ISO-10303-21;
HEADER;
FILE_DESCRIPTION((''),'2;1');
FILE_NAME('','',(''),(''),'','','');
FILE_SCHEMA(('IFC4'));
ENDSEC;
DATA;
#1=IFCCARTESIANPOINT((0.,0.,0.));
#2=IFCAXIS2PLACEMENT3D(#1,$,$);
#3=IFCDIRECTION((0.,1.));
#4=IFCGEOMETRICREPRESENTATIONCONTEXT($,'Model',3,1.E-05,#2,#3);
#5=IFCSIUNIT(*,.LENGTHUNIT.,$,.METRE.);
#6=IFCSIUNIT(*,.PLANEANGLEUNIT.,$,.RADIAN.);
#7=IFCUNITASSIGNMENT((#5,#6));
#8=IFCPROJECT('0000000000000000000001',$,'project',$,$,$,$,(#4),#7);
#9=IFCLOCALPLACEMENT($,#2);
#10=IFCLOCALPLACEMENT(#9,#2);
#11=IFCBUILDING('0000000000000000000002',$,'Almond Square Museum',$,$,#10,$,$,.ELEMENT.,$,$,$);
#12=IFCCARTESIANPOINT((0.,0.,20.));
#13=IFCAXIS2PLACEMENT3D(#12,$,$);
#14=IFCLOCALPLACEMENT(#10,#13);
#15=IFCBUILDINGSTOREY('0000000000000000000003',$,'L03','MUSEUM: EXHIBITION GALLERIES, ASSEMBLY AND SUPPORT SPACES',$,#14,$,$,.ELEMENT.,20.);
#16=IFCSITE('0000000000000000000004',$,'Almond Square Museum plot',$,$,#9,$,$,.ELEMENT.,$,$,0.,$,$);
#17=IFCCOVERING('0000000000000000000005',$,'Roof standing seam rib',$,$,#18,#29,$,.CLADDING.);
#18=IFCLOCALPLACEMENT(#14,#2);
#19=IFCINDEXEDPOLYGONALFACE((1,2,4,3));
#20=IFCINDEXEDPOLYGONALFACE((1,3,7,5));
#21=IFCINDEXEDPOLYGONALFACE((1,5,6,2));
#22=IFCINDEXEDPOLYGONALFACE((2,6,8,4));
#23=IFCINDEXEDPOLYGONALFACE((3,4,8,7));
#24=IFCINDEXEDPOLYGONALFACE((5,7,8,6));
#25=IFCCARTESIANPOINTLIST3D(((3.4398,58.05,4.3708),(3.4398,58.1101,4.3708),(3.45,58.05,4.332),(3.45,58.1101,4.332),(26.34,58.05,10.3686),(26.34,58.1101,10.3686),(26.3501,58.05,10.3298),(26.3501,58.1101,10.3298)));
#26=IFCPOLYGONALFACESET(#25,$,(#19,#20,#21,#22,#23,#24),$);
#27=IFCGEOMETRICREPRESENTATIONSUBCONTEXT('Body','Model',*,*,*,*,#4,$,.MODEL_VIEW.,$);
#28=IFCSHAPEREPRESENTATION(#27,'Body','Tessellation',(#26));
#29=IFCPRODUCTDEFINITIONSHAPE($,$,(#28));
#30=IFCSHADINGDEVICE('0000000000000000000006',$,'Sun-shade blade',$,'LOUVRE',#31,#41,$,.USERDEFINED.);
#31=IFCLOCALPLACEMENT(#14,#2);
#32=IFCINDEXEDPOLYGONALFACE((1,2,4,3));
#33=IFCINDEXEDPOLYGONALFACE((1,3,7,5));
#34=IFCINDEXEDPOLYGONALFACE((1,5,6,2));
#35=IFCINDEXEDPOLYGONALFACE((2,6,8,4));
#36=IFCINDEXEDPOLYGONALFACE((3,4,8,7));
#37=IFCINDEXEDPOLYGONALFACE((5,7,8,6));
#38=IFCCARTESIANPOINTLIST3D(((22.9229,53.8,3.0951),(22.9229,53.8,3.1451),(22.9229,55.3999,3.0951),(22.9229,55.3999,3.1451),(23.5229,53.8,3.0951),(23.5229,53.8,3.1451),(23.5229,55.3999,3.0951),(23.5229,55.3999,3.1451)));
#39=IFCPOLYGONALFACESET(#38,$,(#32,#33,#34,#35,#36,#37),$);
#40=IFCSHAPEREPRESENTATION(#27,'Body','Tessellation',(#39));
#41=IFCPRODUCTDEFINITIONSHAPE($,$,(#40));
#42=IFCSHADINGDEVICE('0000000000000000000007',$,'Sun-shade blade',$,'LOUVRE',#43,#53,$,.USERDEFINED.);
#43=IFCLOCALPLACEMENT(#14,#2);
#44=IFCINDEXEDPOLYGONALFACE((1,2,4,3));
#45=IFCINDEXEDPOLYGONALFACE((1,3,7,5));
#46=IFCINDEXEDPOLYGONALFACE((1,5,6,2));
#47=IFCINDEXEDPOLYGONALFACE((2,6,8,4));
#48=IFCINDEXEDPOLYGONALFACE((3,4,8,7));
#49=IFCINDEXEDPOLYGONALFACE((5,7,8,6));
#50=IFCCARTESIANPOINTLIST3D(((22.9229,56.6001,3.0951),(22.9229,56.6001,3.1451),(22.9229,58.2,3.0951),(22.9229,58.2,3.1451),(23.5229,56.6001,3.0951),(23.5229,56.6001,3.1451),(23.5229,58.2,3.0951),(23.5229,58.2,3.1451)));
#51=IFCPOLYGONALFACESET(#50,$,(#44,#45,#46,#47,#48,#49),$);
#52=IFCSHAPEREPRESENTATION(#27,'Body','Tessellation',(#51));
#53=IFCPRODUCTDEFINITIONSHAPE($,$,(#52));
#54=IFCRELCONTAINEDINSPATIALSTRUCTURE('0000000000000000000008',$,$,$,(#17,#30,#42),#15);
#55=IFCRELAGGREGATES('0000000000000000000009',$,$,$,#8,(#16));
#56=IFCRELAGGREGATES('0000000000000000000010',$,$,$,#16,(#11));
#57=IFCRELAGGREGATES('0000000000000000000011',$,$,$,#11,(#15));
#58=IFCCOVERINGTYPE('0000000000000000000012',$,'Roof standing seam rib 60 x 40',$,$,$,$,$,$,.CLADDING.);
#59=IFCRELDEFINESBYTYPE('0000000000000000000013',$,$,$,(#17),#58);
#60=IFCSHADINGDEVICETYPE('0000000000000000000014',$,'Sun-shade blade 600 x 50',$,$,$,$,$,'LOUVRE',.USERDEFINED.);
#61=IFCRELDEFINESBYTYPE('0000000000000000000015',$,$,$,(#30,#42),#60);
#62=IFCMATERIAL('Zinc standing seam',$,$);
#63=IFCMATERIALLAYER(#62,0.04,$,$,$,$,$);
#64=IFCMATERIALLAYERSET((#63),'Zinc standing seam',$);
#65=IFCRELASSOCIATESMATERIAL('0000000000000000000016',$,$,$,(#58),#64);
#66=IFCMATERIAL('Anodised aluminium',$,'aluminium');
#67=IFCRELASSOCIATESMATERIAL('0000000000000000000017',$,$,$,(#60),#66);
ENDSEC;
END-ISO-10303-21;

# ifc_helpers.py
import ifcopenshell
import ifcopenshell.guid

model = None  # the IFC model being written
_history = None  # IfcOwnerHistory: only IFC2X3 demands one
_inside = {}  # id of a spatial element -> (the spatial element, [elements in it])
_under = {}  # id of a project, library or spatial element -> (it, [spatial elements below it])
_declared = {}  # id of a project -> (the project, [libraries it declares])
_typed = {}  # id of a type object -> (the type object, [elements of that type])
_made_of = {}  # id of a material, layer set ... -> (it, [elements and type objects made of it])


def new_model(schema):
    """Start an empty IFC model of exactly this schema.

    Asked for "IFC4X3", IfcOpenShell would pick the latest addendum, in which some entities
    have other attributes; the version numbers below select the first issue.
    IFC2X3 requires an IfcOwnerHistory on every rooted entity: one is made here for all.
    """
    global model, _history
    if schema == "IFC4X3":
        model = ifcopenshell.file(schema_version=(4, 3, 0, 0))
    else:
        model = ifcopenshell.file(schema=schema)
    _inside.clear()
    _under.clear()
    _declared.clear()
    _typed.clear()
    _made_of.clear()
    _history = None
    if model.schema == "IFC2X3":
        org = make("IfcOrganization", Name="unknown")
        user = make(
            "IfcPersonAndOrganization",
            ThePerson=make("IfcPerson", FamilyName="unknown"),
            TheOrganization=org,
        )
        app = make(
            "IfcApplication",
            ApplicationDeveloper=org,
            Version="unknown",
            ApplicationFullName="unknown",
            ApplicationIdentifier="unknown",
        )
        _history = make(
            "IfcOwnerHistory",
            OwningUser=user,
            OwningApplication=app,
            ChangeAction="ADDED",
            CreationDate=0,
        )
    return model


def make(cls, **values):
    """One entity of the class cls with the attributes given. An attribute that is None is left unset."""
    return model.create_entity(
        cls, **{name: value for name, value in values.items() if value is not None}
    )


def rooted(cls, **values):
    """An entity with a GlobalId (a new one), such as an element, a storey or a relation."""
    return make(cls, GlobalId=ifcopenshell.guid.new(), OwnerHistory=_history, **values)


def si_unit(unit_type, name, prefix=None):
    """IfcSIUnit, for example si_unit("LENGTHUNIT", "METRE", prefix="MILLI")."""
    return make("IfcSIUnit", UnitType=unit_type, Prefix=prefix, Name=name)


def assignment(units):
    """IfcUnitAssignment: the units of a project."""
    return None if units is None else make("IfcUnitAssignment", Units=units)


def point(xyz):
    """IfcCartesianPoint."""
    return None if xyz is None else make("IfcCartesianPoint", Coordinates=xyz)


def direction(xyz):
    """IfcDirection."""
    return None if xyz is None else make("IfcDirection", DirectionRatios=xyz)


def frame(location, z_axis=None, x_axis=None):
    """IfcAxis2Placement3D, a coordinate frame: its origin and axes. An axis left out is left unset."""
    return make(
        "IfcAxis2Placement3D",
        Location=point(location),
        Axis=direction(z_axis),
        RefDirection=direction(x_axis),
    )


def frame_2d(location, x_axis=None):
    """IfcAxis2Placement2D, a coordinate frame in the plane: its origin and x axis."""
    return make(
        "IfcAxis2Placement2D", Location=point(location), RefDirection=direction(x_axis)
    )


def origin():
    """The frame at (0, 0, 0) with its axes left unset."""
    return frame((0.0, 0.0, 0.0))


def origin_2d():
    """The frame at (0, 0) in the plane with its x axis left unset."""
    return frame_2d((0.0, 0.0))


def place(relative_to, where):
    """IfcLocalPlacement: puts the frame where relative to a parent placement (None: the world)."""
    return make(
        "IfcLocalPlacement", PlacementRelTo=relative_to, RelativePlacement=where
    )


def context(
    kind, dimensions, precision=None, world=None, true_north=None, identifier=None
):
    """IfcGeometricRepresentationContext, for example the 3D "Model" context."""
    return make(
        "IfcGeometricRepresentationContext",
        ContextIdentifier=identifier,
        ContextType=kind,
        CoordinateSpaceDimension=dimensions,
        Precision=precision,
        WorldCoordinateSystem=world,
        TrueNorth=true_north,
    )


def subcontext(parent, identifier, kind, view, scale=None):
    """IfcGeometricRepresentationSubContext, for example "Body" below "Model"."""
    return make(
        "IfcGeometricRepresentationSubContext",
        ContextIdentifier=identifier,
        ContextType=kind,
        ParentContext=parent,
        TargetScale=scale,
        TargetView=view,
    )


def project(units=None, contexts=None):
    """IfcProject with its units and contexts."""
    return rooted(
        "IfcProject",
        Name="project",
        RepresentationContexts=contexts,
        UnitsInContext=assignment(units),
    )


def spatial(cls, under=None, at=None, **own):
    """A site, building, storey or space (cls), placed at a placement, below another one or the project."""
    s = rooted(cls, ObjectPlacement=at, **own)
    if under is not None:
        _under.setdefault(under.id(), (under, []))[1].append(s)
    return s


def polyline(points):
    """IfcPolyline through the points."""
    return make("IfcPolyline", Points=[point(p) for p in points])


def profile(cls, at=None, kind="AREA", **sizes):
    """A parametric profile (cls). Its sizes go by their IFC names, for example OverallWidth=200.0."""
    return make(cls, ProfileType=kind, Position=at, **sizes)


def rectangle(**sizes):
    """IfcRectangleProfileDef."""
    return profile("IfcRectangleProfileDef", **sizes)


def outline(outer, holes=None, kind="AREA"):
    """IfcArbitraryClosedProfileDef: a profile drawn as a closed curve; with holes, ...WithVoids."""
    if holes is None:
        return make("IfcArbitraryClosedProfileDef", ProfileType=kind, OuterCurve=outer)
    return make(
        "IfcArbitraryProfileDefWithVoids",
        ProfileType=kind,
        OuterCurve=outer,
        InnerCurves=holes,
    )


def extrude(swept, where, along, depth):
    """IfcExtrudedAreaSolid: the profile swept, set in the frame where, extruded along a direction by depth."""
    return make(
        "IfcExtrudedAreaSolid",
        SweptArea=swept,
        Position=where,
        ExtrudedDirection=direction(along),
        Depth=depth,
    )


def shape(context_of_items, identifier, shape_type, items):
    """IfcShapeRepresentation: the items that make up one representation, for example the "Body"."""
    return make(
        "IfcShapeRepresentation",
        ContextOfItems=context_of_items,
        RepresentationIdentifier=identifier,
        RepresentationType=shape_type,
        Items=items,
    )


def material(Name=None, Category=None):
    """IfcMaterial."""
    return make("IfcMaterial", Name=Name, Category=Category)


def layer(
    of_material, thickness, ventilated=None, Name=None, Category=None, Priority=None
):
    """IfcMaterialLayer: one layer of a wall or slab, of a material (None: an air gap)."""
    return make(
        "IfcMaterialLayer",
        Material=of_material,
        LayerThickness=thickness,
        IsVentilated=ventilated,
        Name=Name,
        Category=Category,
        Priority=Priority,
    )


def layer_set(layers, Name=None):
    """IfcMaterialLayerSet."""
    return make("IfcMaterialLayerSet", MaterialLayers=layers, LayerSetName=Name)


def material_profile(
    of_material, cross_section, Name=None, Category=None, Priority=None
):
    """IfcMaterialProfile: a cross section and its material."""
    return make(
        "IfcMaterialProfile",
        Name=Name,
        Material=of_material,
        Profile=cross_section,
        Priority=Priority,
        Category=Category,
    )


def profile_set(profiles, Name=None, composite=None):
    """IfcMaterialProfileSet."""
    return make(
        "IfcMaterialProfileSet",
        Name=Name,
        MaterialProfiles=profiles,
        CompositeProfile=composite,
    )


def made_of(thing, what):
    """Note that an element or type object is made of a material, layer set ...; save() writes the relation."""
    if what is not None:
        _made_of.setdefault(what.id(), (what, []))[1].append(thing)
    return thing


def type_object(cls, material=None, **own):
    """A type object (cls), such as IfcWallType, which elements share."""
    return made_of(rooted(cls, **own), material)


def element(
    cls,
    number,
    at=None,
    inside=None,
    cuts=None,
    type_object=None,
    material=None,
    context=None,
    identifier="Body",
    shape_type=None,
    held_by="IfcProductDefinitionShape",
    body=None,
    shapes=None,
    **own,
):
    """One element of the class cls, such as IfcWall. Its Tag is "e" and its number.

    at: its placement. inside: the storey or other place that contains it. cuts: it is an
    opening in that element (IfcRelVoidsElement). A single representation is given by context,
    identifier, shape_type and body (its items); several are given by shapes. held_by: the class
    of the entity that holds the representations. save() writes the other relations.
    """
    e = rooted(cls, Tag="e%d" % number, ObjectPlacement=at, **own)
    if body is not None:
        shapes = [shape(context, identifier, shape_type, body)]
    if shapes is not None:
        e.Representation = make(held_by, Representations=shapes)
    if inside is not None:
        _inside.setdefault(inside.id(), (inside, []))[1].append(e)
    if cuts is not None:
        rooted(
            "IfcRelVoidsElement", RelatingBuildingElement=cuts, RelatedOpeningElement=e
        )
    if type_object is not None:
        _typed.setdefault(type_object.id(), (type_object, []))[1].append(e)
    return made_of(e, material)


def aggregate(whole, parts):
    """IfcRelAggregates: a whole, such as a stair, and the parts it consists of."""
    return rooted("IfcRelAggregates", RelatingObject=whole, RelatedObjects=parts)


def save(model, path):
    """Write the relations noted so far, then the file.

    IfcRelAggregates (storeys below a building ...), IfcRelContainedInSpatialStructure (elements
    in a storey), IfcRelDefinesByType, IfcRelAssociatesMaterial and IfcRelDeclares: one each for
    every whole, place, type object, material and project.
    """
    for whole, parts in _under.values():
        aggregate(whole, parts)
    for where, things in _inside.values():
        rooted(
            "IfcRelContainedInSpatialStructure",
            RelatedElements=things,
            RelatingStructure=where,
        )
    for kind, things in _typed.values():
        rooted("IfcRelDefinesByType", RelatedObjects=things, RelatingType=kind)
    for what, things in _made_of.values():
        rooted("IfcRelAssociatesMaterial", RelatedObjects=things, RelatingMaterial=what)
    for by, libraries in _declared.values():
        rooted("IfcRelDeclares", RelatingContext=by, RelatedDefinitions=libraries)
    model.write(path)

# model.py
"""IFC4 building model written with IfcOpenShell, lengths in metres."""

from ifc_helpers import new_model, si_unit, direction, frame, origin, origin_2d, place, context, subcontext, project, spatial, polyline, rectangle, outline, extrude, material, layer, layer_set, material_profile, profile_set, type_object, element, save


model = new_model("IFC4")

# Units and contexts
model_context = context("Model", 3, precision=1e-05, world=origin(), true_north=direction((0.0, 1.0)))
body_context = subcontext(model_context, "Body", "Model", "MODEL_VIEW")
ifc_project = project(units=[si_unit("LENGTHUNIT", "METRE"), si_unit("PLANEANGLEUNIT", "RADIAN")], contexts=[model_context])

# Site, building, storey
site_placement = place(None, origin())
site = spatial("IfcSite", under=ifc_project, at=site_placement, Name="Almond Square Museum plot", CompositionType="ELEMENT", RefElevation=0.0)
building_placement = place(site_placement, origin())
building = spatial("IfcBuilding", under=site, at=building_placement, Name="Almond Square Museum", CompositionType="ELEMENT")
storey_placement = place(building_placement, frame((0.0, 0.0, 20.0)))
storey = spatial("IfcBuildingStorey", under=building, at=storey_placement, Name="L03", Description="MUSEUM: EXHIBITION GALLERIES, ASSEMBLY AND SUPPORT SPACES", CompositionType="ELEMENT", Elevation=20.0)

# Covering
ifc_material_1 = material(Name="Zinc standing seam")
ifc_layer = layer(ifc_material_1, 0.04)
ifc_layer_set = layer_set([ifc_layer], Name="Zinc standing seam")
covering_type = type_object("IfcCoveringType", Name="Roof standing seam rib 60 x 40", PredefinedType="CLADDING", material=ifc_layer_set)
for number, where, z_axis, x_axis, name in (
    (1, (26.3501, 58.1101, 10.3298), (-0.253365, 0.0, 0.967371), (-0.967371, 0.0, -0.253365), "Roof standing seam rib"),
):
    element("IfcCovering", number, at=place(storey_placement, frame(where, z_axis=z_axis, x_axis=x_axis)), inside=storey, type_object=covering_type, Name=name, PredefinedType="CLADDING", context=body_context, shape_type="SweptSolid", body=[
        extrude(outline(polyline([(0.0, 0.0), (23.6726, 0.0), (23.6726, 0.0601), (0.0, 0.0601), (0.0, 0.0)])), origin(), (0.0, 0.0, 1.0), 0.04),
    ])

# Shading devices
ifc_material_2 = material(Name="Anodised aluminium", Category="aluminium")
ifc_material_profile = material_profile(ifc_material_2, rectangle(XDim=0.6001, YDim=0.05, at=origin_2d()))
ifc_profile_set = profile_set([ifc_material_profile], Name="Anodised aluminium")
shading_device_type = type_object("IfcShadingDeviceType", Name="Sun-shade blade 600 x 50", ElementType="LOUVRE", PredefinedType="USERDEFINED", material=ifc_profile_set)
for number, where, z_axis, x_axis, name in (
    (2, (23.2229, 53.8, 3.1201), (0.0, 1.0, 0.0), (-1.0, 0.0, 0.0), "Sun-shade blade"),
    (3, (23.2229, 56.6001, 3.1201), (0.0, 1.0, 0.0), (-1.0, 0.0, 0.0), "Sun-shade blade"),
):
    element("IfcShadingDevice", number, at=place(storey_placement, frame(where, z_axis=z_axis, x_axis=x_axis)), inside=storey, type_object=shading_device_type, Name=name, ObjectType="LOUVRE", PredefinedType="USERDEFINED", context=body_context, shape_type="SweptSolid", body=[
        extrude(rectangle(XDim=0.6001, YDim=0.05, at=origin_2d()), origin(), (0.0, 0.0, 1.0), 1.5999),
    ])

save(model, "model.ifc")
